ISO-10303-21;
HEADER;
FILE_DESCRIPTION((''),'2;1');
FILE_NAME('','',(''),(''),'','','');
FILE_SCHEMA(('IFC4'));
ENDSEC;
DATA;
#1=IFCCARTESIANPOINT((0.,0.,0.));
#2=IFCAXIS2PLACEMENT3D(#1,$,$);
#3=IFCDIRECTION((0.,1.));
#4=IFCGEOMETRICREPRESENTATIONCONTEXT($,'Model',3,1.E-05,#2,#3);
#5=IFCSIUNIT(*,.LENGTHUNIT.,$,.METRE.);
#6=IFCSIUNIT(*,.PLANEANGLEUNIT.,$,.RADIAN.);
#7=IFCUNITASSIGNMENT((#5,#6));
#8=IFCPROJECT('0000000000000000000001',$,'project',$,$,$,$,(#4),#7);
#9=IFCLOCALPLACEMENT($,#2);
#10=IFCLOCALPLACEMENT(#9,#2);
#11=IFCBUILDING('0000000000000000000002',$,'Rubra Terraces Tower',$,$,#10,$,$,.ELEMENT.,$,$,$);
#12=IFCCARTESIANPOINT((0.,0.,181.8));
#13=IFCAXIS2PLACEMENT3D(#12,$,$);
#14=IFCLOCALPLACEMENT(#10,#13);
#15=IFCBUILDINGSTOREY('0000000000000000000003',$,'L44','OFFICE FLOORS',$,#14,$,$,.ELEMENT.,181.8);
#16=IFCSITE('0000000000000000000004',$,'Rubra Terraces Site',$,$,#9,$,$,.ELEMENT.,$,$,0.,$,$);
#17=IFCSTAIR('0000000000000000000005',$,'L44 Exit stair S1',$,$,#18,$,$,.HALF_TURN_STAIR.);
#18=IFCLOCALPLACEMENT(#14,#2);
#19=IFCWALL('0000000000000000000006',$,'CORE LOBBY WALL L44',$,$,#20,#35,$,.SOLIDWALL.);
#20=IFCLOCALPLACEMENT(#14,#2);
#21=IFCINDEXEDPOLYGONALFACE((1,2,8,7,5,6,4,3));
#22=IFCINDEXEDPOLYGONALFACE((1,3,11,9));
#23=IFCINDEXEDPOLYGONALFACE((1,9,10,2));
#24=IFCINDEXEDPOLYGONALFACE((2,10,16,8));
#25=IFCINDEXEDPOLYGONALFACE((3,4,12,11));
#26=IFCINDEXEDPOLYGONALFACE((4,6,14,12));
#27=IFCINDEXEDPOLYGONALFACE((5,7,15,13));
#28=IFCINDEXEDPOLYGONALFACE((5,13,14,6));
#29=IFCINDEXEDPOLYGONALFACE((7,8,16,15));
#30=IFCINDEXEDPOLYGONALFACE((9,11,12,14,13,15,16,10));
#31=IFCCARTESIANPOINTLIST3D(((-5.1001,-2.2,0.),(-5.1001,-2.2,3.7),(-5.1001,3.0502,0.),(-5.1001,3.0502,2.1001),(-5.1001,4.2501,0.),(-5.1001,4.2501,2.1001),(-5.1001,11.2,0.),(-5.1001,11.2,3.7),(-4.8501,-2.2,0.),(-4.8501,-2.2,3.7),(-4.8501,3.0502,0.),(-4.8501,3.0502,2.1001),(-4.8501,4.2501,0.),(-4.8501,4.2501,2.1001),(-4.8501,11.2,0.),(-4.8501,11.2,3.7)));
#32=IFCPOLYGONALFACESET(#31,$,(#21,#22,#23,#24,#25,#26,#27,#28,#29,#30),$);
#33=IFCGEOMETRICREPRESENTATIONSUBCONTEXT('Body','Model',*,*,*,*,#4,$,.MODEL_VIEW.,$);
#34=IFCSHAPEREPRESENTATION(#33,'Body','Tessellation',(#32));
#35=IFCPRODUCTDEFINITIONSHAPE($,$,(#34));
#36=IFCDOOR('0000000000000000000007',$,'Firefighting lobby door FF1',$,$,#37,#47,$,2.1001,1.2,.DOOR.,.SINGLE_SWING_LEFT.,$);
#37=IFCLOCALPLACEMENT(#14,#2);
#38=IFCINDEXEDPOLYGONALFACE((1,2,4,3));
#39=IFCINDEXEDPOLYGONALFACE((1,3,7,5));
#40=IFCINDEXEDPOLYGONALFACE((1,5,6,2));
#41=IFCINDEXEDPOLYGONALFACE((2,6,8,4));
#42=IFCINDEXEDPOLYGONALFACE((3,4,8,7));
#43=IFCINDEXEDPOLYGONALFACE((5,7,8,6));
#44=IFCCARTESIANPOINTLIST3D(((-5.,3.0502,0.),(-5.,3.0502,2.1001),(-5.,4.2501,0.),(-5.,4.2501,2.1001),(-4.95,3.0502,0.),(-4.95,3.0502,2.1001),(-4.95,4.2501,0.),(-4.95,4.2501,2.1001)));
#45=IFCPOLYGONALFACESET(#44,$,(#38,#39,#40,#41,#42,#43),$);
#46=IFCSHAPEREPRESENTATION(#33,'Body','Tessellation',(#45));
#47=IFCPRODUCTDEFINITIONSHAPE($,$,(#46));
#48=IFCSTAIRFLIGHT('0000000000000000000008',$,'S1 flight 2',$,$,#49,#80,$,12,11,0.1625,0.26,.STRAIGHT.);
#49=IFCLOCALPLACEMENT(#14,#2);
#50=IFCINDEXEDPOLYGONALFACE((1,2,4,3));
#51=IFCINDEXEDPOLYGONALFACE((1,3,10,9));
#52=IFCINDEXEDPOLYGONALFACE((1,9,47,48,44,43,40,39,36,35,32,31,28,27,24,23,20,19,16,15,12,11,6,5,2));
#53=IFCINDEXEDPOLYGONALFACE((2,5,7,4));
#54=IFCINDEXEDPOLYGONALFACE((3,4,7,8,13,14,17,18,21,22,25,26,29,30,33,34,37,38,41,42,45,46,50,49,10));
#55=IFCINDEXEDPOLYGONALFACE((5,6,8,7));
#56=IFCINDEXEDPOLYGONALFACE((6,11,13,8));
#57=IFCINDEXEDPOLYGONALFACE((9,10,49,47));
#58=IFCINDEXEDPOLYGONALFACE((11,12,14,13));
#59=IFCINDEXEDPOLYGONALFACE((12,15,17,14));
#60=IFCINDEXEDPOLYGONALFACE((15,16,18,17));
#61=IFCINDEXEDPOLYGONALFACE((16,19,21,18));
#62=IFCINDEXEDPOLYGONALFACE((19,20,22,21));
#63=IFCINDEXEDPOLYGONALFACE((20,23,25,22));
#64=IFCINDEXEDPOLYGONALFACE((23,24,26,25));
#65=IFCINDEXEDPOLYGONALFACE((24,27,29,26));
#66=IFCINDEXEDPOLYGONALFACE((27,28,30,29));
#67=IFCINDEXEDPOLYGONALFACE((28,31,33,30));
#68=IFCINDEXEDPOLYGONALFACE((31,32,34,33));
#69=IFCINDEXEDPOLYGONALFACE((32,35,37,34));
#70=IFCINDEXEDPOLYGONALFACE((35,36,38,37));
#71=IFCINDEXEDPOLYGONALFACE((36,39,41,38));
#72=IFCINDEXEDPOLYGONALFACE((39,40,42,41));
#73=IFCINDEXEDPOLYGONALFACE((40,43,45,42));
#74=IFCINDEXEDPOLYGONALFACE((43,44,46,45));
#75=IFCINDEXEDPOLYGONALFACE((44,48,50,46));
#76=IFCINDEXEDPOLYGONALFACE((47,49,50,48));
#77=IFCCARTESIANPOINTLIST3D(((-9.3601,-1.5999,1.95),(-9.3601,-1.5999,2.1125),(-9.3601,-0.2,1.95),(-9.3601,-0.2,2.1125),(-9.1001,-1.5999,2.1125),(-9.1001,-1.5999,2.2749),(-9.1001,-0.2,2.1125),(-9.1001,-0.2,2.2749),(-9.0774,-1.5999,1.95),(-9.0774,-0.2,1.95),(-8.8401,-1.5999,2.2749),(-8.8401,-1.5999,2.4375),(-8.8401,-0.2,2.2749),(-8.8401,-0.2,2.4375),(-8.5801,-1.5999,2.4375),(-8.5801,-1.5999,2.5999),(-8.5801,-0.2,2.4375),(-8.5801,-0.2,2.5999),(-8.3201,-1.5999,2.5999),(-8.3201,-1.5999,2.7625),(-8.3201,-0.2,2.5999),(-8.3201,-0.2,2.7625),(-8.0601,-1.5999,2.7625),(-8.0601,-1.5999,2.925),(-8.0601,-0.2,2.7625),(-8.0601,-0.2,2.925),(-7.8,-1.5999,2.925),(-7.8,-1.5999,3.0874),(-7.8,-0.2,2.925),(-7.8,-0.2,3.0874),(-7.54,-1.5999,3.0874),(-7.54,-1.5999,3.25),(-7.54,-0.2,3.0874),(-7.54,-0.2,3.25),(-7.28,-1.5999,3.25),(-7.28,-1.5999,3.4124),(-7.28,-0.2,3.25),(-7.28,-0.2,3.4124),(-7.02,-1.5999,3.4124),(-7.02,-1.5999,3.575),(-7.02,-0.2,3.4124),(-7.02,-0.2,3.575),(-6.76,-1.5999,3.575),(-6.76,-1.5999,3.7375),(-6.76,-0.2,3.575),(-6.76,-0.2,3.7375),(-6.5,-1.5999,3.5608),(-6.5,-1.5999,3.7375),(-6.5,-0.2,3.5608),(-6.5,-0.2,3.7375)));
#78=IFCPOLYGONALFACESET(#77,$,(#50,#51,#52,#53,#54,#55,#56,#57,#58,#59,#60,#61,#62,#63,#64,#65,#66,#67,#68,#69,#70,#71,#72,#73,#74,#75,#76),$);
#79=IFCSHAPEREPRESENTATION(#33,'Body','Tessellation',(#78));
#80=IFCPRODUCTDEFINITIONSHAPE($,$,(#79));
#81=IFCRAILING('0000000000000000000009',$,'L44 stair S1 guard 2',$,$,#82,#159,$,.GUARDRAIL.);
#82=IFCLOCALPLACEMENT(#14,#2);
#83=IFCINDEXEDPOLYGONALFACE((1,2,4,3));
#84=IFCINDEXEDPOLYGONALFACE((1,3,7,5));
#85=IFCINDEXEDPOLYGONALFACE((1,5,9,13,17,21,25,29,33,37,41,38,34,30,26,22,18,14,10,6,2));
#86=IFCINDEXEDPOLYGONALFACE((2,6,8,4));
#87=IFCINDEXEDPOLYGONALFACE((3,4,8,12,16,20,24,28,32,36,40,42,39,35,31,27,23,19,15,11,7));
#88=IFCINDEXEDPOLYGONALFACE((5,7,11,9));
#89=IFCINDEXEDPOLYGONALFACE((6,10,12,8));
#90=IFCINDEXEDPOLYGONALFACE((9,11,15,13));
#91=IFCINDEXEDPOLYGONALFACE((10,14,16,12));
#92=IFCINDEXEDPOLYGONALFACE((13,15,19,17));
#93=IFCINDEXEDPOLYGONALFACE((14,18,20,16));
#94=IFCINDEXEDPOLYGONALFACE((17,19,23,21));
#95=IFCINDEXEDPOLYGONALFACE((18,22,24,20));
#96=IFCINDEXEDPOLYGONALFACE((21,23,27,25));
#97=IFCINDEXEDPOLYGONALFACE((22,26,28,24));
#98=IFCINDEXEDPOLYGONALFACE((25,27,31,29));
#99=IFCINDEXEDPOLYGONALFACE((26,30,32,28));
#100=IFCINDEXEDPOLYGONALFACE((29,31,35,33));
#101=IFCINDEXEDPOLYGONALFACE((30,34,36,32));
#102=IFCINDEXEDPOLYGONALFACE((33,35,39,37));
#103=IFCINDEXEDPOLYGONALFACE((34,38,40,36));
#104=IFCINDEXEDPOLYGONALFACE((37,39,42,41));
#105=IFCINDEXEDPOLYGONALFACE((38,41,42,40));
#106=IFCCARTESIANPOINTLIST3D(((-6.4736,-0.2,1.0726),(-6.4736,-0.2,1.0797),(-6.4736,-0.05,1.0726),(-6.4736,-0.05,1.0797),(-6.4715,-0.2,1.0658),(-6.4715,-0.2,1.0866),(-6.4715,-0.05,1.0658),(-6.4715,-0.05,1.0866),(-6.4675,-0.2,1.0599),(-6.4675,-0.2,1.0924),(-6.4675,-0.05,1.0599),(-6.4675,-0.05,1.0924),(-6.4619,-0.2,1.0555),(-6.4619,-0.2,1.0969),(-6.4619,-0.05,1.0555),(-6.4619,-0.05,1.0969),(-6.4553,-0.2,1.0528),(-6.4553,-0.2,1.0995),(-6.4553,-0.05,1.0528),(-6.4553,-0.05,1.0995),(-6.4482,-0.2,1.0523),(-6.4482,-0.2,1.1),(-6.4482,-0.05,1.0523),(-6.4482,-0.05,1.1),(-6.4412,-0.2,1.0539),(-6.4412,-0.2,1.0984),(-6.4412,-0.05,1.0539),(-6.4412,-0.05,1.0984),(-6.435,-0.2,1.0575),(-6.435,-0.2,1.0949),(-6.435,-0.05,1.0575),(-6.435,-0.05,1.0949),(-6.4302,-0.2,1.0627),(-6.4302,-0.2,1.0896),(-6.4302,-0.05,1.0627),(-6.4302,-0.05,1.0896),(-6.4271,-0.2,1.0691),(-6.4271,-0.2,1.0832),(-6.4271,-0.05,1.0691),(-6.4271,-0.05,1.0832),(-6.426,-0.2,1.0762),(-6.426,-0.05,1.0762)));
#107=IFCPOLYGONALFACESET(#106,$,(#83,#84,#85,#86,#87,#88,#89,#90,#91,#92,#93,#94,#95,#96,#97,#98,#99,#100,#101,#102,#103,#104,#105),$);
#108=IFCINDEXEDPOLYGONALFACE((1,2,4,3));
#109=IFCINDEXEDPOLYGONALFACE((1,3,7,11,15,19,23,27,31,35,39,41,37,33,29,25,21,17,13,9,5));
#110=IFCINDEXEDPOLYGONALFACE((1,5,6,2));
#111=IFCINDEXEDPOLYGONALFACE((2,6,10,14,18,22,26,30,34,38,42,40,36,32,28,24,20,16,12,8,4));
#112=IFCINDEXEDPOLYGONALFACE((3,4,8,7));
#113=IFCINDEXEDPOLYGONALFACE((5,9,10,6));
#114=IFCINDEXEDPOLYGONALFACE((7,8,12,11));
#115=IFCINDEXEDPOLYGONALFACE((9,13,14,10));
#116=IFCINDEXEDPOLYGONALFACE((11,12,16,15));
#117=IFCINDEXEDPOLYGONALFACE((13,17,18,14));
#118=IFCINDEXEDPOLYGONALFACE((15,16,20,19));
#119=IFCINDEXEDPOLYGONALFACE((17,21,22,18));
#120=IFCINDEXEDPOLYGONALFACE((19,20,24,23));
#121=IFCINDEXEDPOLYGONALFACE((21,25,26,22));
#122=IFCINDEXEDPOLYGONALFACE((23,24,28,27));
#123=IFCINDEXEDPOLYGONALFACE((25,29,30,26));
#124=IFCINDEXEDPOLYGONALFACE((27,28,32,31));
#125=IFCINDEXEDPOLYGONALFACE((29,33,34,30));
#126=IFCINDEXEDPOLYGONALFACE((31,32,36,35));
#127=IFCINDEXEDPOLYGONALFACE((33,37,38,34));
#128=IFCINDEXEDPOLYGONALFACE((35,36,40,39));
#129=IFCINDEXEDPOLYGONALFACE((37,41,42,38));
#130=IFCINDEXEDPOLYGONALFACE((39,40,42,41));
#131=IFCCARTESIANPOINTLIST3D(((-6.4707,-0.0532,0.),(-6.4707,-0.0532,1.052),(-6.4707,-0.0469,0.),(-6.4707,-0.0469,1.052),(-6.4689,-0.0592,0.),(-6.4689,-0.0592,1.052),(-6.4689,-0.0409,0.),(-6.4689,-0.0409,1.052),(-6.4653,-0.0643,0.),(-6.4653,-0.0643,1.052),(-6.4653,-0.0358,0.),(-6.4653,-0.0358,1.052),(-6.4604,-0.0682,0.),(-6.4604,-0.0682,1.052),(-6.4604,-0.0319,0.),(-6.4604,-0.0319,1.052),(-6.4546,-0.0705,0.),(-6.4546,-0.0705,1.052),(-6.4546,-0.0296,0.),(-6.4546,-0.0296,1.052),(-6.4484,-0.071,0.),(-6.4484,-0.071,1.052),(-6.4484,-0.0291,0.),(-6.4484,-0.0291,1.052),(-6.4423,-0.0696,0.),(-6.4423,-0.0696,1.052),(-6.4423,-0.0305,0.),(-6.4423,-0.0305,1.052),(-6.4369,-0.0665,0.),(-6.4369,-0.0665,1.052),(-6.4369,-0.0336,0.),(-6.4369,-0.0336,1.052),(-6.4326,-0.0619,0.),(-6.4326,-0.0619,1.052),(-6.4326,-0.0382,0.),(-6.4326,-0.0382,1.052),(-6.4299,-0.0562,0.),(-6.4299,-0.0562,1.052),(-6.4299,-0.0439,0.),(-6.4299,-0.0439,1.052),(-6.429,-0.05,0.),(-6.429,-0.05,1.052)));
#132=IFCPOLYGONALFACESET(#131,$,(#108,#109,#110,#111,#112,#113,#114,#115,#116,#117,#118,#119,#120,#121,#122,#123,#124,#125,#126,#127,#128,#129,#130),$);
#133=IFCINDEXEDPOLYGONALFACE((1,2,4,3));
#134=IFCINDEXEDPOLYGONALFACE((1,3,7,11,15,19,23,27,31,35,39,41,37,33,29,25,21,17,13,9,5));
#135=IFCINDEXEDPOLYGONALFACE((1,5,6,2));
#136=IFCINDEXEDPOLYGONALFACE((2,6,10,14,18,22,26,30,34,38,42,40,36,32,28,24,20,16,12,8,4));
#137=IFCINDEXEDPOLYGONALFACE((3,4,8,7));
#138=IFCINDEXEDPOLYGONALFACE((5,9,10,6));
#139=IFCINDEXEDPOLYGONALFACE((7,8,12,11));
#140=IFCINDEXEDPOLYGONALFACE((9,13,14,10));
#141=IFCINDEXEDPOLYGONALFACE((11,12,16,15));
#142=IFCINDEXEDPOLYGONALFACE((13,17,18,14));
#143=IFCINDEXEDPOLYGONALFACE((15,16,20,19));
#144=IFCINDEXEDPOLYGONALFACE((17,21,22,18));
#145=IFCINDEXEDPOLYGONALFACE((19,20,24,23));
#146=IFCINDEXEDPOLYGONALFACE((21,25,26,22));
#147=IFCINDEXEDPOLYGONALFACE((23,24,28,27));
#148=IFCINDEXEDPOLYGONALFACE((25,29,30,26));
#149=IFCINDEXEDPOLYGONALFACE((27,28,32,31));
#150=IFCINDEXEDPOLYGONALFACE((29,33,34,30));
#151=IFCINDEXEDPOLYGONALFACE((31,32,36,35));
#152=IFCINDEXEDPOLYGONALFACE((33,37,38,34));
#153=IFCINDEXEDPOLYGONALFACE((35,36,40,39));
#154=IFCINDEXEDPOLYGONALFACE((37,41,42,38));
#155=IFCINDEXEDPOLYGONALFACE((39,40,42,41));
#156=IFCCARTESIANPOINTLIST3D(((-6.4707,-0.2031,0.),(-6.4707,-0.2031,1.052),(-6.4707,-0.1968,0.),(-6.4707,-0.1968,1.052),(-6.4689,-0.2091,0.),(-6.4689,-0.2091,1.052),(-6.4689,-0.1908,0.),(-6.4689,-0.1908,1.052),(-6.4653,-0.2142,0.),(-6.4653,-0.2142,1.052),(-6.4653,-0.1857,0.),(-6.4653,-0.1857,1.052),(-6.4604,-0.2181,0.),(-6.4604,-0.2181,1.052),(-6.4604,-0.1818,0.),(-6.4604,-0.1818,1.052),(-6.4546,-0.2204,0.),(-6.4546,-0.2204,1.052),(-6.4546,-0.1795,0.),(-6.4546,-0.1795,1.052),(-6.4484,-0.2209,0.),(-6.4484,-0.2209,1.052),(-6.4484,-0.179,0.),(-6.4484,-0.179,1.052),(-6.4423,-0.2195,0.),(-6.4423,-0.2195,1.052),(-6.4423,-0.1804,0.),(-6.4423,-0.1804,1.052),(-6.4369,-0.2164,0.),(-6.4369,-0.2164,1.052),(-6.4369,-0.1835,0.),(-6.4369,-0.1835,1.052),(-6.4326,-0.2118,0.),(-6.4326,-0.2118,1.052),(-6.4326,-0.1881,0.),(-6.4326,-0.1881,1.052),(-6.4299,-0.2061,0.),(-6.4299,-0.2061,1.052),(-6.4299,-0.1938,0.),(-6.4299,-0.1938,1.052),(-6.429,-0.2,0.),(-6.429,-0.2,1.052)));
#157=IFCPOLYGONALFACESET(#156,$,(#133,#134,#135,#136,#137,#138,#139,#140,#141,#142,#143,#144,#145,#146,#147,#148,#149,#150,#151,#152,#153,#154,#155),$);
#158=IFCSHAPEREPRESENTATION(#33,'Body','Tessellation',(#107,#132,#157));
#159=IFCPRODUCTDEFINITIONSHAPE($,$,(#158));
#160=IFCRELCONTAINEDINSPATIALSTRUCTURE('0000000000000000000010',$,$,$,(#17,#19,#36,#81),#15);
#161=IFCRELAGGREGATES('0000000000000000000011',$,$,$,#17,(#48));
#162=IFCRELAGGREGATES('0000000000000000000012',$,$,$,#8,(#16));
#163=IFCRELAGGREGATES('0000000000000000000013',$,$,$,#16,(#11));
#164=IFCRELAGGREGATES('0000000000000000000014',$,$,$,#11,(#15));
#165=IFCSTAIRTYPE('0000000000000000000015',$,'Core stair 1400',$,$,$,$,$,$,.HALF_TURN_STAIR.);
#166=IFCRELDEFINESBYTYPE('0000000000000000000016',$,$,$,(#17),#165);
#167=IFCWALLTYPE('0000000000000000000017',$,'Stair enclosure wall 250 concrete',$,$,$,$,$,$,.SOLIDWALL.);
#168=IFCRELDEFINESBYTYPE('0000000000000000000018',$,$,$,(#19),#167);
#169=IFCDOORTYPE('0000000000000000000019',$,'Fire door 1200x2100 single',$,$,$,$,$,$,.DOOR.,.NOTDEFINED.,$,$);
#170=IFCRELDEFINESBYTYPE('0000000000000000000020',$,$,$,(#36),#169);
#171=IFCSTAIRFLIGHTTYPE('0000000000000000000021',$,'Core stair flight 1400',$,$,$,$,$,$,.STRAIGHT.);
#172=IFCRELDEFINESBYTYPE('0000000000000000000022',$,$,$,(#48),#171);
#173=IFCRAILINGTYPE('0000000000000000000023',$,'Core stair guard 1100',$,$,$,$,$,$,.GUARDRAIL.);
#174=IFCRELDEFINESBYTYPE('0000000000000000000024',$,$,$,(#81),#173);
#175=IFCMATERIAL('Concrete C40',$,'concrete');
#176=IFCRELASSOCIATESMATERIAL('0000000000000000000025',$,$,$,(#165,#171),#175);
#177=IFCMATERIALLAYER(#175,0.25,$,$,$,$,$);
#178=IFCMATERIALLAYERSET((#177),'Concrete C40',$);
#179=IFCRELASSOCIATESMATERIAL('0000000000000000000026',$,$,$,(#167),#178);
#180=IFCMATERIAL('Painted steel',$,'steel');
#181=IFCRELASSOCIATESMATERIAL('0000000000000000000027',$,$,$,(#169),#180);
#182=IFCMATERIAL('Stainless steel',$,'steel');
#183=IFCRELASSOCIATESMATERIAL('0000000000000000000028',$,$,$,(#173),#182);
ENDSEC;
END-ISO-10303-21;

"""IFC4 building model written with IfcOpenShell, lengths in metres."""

from ifc_helpers import new_model, si_unit, direction, frame, frame_2d, origin, origin_2d, place, context, subcontext, project, spatial, polyline, rectangle, circle, outline, extrude, material, layer, layer_set, type_object, element, fill, aggregate, save


model = new_model("IFC4")

# Units and contexts
model_context = context("Model", 3, precision=1e-05, world=origin(), true_north=direction((0.0, 1.0)))
body_context = subcontext(model_context, "Body", "Model", "MODEL_VIEW")
ifc_project = project(units=[si_unit("LENGTHUNIT", "METRE"), si_unit("PLANEANGLEUNIT", "RADIAN")], contexts=[model_context])

# Site, building, storey
site_placement = place(None, origin())
site = spatial("IfcSite", under=ifc_project, at=site_placement, Name="Rubra Terraces Site", CompositionType="ELEMENT", RefElevation=0.0)
building_placement = place(site_placement, origin())
building = spatial("IfcBuilding", under=site, at=building_placement, Name="Rubra Terraces Tower", CompositionType="ELEMENT")
storey_placement = place(building_placement, frame((0.0, 0.0, 181.8)))
storey = spatial("IfcBuildingStorey", under=building, at=storey_placement, Name="L44", Description="OFFICE FLOORS", CompositionType="ELEMENT", Elevation=181.8)

# Shared definitions
ifc_material_1 = material(Name="Concrete C40", Category="concrete")

# Stair
stair_type = type_object("IfcStairType", Name="Core stair 1400", PredefinedType="HALF_TURN_STAIR", material=ifc_material_1)
stair_placement = place(storey_placement, origin())
stair = element("IfcStair", 1, at=stair_placement, inside=storey, type_object=stair_type, Name="L44 Exit stair S1", PredefinedType="HALF_TURN_STAIR")

# Shared definitions
ifc_material_2 = material(Name="Painted steel", Category="steel")

# Wall, opening, door
ifc_layer_1 = layer(ifc_material_1, 0.25)
ifc_layer_set_1 = layer_set([ifc_layer_1], Name="Concrete C40")
wall_type_1 = type_object("IfcWallType", Name="Stair enclosure wall 250 concrete", PredefinedType="SOLIDWALL", material=ifc_layer_set_1)
wall_1_placement = place(storey_placement, frame((-4.9751, -2.2, 0.0), z_axis=(0.0, 0.0, 1.0), x_axis=(0.0, 1.0, 0.0)))
wall_1 = element("IfcWall", 2, at=wall_1_placement, inside=storey, type_object=wall_type_1, Name="CORE LOBBY WALL L44", PredefinedType="SOLIDWALL", context=body_context, shape_type="SweptSolid", body=[
    extrude(rectangle(XDim=13.3999, YDim=0.25, at=frame_2d((6.7, 0.0))), origin(), (0.0, 0.0, 1.0), 3.7),
])
opening_1_placement = place(wall_1_placement, frame((5.25, 0.0, 0.0)))
opening_1 = element("IfcOpeningElement", 3, at=opening_1_placement, cuts=wall_1, PredefinedType="OPENING", context=body_context, shape_type="SweptSolid", body=[
    extrude(rectangle(XDim=1.2, YDim=2.1001, at=frame_2d((0.6001, 1.05))), frame((0.0, 0.135, 0.0), z_axis=(0.0, -1.0, 0.0), x_axis=(1.0, 0.0, 0.0)), (0.0, 0.0, 1.0), 0.27),
])
door_type_1 = type_object("IfcDoorType", Name="Fire door 1200x2100 single", OperationType="NOTDEFINED", PredefinedType="DOOR", material=ifc_material_2)
door_1_placement = place(opening_1_placement, origin())
door_1 = element("IfcDoor", 4, at=door_1_placement, inside=storey, type_object=door_type_1, Name="Firefighting lobby door FF1", OperationType="SINGLE_SWING_LEFT", OverallHeight=2.1001, OverallWidth=1.2, PredefinedType="DOOR", context=body_context, shape_type="SweptSolid", body=[
    extrude(rectangle(XDim=1.2, YDim=2.1001, at=frame_2d((0.6001, 1.05))), frame((0.0, 0.0249, 0.0), z_axis=(0.0, -1.0, 0.0), x_axis=(1.0, 0.0, 0.0)), (0.0, 0.0, 1.0), 0.05),
])
fill(opening_1, door_1)

# Stair flight
stair_flight_type = type_object("IfcStairFlightType", Name="Core stair flight 1400", PredefinedType="STRAIGHT", material=ifc_material_1)
stair_flight_placement = place(storey_placement, frame((-9.3601, -0.8999, 1.95), z_axis=(0.0, 0.0, 1.0), x_axis=(1.0, 0.0, 0.0)))
stair_flight = element("IfcStairFlight", 5, at=stair_flight_placement, type_object=stair_flight_type, Name="S1 flight 2", NumberOfRisers=12, NumberOfTreads=11, PredefinedType="STRAIGHT", RiserHeight=0.1625, TreadLength=0.26, context=body_context, shape_type="SweptSolid", body=[
    extrude(outline(polyline([(0.0, 0.0), (0.0, 0.1626), (0.26, 0.1626), (0.26, 0.325), (0.52, 0.325), (0.52, 0.4875), (0.78, 0.4875), (0.78, 0.6499), (1.04, 0.6499), (1.04, 0.8125), (1.3, 0.8125), (1.3, 0.9751), (1.5601, 0.9751), (1.5601, 1.1375), (1.8201, 1.1375), (1.8201, 1.3), (2.0801, 1.3), (2.0801, 1.4624), (2.3401, 1.4624), (2.3401, 1.625), (2.6001, 1.625), (2.6001, 1.7876), (2.8601, 1.7876), (2.8601, 1.95), (2.8601, 1.6108), (0.2827, 0.0), (0.0, 0.0)])), frame((0.0, 0.7, 0.0), z_axis=(0.0, -1.0, 0.0), x_axis=(1.0, 0.0, 0.0)), (0.0, 0.0, 1.0), 1.3999),
])
aggregate(stair, [stair_flight])

# Railing
ifc_material_3 = material(Name="Stainless steel", Category="steel")
railing_type = type_object("IfcRailingType", Name="Core stair guard 1100", PredefinedType="GUARDRAIL", material=ifc_material_3)
railing_1_placement = place(storey_placement, frame((-6.45, -0.05, 0.0)))
element("IfcRailing", 6, at=railing_1_placement, inside=storey, type_object=railing_type, Name="L44 stair S1 guard 2", PredefinedType="GUARDRAIL", context=body_context, shape_type="SweptSolid", body=[
    extrude(circle(Radius=0.0239, at=origin_2d()), frame((0.0, 0.0, 1.0762), z_axis=(0.0, -1.0, 0.0), x_axis=(1.0, 0.0, 0.0)), (0.0, 0.0, 1.0), 0.1499),
    extrude(circle(Radius=0.021, at=origin_2d()), origin(), (0.0, 0.0, 1.0), 1.052),
    extrude(circle(Radius=0.021, at=origin_2d()), frame((0.0, -0.1499, 0.0)), (0.0, 0.0, 1.0), 1.052),
])

save(model, "model.ifc")
